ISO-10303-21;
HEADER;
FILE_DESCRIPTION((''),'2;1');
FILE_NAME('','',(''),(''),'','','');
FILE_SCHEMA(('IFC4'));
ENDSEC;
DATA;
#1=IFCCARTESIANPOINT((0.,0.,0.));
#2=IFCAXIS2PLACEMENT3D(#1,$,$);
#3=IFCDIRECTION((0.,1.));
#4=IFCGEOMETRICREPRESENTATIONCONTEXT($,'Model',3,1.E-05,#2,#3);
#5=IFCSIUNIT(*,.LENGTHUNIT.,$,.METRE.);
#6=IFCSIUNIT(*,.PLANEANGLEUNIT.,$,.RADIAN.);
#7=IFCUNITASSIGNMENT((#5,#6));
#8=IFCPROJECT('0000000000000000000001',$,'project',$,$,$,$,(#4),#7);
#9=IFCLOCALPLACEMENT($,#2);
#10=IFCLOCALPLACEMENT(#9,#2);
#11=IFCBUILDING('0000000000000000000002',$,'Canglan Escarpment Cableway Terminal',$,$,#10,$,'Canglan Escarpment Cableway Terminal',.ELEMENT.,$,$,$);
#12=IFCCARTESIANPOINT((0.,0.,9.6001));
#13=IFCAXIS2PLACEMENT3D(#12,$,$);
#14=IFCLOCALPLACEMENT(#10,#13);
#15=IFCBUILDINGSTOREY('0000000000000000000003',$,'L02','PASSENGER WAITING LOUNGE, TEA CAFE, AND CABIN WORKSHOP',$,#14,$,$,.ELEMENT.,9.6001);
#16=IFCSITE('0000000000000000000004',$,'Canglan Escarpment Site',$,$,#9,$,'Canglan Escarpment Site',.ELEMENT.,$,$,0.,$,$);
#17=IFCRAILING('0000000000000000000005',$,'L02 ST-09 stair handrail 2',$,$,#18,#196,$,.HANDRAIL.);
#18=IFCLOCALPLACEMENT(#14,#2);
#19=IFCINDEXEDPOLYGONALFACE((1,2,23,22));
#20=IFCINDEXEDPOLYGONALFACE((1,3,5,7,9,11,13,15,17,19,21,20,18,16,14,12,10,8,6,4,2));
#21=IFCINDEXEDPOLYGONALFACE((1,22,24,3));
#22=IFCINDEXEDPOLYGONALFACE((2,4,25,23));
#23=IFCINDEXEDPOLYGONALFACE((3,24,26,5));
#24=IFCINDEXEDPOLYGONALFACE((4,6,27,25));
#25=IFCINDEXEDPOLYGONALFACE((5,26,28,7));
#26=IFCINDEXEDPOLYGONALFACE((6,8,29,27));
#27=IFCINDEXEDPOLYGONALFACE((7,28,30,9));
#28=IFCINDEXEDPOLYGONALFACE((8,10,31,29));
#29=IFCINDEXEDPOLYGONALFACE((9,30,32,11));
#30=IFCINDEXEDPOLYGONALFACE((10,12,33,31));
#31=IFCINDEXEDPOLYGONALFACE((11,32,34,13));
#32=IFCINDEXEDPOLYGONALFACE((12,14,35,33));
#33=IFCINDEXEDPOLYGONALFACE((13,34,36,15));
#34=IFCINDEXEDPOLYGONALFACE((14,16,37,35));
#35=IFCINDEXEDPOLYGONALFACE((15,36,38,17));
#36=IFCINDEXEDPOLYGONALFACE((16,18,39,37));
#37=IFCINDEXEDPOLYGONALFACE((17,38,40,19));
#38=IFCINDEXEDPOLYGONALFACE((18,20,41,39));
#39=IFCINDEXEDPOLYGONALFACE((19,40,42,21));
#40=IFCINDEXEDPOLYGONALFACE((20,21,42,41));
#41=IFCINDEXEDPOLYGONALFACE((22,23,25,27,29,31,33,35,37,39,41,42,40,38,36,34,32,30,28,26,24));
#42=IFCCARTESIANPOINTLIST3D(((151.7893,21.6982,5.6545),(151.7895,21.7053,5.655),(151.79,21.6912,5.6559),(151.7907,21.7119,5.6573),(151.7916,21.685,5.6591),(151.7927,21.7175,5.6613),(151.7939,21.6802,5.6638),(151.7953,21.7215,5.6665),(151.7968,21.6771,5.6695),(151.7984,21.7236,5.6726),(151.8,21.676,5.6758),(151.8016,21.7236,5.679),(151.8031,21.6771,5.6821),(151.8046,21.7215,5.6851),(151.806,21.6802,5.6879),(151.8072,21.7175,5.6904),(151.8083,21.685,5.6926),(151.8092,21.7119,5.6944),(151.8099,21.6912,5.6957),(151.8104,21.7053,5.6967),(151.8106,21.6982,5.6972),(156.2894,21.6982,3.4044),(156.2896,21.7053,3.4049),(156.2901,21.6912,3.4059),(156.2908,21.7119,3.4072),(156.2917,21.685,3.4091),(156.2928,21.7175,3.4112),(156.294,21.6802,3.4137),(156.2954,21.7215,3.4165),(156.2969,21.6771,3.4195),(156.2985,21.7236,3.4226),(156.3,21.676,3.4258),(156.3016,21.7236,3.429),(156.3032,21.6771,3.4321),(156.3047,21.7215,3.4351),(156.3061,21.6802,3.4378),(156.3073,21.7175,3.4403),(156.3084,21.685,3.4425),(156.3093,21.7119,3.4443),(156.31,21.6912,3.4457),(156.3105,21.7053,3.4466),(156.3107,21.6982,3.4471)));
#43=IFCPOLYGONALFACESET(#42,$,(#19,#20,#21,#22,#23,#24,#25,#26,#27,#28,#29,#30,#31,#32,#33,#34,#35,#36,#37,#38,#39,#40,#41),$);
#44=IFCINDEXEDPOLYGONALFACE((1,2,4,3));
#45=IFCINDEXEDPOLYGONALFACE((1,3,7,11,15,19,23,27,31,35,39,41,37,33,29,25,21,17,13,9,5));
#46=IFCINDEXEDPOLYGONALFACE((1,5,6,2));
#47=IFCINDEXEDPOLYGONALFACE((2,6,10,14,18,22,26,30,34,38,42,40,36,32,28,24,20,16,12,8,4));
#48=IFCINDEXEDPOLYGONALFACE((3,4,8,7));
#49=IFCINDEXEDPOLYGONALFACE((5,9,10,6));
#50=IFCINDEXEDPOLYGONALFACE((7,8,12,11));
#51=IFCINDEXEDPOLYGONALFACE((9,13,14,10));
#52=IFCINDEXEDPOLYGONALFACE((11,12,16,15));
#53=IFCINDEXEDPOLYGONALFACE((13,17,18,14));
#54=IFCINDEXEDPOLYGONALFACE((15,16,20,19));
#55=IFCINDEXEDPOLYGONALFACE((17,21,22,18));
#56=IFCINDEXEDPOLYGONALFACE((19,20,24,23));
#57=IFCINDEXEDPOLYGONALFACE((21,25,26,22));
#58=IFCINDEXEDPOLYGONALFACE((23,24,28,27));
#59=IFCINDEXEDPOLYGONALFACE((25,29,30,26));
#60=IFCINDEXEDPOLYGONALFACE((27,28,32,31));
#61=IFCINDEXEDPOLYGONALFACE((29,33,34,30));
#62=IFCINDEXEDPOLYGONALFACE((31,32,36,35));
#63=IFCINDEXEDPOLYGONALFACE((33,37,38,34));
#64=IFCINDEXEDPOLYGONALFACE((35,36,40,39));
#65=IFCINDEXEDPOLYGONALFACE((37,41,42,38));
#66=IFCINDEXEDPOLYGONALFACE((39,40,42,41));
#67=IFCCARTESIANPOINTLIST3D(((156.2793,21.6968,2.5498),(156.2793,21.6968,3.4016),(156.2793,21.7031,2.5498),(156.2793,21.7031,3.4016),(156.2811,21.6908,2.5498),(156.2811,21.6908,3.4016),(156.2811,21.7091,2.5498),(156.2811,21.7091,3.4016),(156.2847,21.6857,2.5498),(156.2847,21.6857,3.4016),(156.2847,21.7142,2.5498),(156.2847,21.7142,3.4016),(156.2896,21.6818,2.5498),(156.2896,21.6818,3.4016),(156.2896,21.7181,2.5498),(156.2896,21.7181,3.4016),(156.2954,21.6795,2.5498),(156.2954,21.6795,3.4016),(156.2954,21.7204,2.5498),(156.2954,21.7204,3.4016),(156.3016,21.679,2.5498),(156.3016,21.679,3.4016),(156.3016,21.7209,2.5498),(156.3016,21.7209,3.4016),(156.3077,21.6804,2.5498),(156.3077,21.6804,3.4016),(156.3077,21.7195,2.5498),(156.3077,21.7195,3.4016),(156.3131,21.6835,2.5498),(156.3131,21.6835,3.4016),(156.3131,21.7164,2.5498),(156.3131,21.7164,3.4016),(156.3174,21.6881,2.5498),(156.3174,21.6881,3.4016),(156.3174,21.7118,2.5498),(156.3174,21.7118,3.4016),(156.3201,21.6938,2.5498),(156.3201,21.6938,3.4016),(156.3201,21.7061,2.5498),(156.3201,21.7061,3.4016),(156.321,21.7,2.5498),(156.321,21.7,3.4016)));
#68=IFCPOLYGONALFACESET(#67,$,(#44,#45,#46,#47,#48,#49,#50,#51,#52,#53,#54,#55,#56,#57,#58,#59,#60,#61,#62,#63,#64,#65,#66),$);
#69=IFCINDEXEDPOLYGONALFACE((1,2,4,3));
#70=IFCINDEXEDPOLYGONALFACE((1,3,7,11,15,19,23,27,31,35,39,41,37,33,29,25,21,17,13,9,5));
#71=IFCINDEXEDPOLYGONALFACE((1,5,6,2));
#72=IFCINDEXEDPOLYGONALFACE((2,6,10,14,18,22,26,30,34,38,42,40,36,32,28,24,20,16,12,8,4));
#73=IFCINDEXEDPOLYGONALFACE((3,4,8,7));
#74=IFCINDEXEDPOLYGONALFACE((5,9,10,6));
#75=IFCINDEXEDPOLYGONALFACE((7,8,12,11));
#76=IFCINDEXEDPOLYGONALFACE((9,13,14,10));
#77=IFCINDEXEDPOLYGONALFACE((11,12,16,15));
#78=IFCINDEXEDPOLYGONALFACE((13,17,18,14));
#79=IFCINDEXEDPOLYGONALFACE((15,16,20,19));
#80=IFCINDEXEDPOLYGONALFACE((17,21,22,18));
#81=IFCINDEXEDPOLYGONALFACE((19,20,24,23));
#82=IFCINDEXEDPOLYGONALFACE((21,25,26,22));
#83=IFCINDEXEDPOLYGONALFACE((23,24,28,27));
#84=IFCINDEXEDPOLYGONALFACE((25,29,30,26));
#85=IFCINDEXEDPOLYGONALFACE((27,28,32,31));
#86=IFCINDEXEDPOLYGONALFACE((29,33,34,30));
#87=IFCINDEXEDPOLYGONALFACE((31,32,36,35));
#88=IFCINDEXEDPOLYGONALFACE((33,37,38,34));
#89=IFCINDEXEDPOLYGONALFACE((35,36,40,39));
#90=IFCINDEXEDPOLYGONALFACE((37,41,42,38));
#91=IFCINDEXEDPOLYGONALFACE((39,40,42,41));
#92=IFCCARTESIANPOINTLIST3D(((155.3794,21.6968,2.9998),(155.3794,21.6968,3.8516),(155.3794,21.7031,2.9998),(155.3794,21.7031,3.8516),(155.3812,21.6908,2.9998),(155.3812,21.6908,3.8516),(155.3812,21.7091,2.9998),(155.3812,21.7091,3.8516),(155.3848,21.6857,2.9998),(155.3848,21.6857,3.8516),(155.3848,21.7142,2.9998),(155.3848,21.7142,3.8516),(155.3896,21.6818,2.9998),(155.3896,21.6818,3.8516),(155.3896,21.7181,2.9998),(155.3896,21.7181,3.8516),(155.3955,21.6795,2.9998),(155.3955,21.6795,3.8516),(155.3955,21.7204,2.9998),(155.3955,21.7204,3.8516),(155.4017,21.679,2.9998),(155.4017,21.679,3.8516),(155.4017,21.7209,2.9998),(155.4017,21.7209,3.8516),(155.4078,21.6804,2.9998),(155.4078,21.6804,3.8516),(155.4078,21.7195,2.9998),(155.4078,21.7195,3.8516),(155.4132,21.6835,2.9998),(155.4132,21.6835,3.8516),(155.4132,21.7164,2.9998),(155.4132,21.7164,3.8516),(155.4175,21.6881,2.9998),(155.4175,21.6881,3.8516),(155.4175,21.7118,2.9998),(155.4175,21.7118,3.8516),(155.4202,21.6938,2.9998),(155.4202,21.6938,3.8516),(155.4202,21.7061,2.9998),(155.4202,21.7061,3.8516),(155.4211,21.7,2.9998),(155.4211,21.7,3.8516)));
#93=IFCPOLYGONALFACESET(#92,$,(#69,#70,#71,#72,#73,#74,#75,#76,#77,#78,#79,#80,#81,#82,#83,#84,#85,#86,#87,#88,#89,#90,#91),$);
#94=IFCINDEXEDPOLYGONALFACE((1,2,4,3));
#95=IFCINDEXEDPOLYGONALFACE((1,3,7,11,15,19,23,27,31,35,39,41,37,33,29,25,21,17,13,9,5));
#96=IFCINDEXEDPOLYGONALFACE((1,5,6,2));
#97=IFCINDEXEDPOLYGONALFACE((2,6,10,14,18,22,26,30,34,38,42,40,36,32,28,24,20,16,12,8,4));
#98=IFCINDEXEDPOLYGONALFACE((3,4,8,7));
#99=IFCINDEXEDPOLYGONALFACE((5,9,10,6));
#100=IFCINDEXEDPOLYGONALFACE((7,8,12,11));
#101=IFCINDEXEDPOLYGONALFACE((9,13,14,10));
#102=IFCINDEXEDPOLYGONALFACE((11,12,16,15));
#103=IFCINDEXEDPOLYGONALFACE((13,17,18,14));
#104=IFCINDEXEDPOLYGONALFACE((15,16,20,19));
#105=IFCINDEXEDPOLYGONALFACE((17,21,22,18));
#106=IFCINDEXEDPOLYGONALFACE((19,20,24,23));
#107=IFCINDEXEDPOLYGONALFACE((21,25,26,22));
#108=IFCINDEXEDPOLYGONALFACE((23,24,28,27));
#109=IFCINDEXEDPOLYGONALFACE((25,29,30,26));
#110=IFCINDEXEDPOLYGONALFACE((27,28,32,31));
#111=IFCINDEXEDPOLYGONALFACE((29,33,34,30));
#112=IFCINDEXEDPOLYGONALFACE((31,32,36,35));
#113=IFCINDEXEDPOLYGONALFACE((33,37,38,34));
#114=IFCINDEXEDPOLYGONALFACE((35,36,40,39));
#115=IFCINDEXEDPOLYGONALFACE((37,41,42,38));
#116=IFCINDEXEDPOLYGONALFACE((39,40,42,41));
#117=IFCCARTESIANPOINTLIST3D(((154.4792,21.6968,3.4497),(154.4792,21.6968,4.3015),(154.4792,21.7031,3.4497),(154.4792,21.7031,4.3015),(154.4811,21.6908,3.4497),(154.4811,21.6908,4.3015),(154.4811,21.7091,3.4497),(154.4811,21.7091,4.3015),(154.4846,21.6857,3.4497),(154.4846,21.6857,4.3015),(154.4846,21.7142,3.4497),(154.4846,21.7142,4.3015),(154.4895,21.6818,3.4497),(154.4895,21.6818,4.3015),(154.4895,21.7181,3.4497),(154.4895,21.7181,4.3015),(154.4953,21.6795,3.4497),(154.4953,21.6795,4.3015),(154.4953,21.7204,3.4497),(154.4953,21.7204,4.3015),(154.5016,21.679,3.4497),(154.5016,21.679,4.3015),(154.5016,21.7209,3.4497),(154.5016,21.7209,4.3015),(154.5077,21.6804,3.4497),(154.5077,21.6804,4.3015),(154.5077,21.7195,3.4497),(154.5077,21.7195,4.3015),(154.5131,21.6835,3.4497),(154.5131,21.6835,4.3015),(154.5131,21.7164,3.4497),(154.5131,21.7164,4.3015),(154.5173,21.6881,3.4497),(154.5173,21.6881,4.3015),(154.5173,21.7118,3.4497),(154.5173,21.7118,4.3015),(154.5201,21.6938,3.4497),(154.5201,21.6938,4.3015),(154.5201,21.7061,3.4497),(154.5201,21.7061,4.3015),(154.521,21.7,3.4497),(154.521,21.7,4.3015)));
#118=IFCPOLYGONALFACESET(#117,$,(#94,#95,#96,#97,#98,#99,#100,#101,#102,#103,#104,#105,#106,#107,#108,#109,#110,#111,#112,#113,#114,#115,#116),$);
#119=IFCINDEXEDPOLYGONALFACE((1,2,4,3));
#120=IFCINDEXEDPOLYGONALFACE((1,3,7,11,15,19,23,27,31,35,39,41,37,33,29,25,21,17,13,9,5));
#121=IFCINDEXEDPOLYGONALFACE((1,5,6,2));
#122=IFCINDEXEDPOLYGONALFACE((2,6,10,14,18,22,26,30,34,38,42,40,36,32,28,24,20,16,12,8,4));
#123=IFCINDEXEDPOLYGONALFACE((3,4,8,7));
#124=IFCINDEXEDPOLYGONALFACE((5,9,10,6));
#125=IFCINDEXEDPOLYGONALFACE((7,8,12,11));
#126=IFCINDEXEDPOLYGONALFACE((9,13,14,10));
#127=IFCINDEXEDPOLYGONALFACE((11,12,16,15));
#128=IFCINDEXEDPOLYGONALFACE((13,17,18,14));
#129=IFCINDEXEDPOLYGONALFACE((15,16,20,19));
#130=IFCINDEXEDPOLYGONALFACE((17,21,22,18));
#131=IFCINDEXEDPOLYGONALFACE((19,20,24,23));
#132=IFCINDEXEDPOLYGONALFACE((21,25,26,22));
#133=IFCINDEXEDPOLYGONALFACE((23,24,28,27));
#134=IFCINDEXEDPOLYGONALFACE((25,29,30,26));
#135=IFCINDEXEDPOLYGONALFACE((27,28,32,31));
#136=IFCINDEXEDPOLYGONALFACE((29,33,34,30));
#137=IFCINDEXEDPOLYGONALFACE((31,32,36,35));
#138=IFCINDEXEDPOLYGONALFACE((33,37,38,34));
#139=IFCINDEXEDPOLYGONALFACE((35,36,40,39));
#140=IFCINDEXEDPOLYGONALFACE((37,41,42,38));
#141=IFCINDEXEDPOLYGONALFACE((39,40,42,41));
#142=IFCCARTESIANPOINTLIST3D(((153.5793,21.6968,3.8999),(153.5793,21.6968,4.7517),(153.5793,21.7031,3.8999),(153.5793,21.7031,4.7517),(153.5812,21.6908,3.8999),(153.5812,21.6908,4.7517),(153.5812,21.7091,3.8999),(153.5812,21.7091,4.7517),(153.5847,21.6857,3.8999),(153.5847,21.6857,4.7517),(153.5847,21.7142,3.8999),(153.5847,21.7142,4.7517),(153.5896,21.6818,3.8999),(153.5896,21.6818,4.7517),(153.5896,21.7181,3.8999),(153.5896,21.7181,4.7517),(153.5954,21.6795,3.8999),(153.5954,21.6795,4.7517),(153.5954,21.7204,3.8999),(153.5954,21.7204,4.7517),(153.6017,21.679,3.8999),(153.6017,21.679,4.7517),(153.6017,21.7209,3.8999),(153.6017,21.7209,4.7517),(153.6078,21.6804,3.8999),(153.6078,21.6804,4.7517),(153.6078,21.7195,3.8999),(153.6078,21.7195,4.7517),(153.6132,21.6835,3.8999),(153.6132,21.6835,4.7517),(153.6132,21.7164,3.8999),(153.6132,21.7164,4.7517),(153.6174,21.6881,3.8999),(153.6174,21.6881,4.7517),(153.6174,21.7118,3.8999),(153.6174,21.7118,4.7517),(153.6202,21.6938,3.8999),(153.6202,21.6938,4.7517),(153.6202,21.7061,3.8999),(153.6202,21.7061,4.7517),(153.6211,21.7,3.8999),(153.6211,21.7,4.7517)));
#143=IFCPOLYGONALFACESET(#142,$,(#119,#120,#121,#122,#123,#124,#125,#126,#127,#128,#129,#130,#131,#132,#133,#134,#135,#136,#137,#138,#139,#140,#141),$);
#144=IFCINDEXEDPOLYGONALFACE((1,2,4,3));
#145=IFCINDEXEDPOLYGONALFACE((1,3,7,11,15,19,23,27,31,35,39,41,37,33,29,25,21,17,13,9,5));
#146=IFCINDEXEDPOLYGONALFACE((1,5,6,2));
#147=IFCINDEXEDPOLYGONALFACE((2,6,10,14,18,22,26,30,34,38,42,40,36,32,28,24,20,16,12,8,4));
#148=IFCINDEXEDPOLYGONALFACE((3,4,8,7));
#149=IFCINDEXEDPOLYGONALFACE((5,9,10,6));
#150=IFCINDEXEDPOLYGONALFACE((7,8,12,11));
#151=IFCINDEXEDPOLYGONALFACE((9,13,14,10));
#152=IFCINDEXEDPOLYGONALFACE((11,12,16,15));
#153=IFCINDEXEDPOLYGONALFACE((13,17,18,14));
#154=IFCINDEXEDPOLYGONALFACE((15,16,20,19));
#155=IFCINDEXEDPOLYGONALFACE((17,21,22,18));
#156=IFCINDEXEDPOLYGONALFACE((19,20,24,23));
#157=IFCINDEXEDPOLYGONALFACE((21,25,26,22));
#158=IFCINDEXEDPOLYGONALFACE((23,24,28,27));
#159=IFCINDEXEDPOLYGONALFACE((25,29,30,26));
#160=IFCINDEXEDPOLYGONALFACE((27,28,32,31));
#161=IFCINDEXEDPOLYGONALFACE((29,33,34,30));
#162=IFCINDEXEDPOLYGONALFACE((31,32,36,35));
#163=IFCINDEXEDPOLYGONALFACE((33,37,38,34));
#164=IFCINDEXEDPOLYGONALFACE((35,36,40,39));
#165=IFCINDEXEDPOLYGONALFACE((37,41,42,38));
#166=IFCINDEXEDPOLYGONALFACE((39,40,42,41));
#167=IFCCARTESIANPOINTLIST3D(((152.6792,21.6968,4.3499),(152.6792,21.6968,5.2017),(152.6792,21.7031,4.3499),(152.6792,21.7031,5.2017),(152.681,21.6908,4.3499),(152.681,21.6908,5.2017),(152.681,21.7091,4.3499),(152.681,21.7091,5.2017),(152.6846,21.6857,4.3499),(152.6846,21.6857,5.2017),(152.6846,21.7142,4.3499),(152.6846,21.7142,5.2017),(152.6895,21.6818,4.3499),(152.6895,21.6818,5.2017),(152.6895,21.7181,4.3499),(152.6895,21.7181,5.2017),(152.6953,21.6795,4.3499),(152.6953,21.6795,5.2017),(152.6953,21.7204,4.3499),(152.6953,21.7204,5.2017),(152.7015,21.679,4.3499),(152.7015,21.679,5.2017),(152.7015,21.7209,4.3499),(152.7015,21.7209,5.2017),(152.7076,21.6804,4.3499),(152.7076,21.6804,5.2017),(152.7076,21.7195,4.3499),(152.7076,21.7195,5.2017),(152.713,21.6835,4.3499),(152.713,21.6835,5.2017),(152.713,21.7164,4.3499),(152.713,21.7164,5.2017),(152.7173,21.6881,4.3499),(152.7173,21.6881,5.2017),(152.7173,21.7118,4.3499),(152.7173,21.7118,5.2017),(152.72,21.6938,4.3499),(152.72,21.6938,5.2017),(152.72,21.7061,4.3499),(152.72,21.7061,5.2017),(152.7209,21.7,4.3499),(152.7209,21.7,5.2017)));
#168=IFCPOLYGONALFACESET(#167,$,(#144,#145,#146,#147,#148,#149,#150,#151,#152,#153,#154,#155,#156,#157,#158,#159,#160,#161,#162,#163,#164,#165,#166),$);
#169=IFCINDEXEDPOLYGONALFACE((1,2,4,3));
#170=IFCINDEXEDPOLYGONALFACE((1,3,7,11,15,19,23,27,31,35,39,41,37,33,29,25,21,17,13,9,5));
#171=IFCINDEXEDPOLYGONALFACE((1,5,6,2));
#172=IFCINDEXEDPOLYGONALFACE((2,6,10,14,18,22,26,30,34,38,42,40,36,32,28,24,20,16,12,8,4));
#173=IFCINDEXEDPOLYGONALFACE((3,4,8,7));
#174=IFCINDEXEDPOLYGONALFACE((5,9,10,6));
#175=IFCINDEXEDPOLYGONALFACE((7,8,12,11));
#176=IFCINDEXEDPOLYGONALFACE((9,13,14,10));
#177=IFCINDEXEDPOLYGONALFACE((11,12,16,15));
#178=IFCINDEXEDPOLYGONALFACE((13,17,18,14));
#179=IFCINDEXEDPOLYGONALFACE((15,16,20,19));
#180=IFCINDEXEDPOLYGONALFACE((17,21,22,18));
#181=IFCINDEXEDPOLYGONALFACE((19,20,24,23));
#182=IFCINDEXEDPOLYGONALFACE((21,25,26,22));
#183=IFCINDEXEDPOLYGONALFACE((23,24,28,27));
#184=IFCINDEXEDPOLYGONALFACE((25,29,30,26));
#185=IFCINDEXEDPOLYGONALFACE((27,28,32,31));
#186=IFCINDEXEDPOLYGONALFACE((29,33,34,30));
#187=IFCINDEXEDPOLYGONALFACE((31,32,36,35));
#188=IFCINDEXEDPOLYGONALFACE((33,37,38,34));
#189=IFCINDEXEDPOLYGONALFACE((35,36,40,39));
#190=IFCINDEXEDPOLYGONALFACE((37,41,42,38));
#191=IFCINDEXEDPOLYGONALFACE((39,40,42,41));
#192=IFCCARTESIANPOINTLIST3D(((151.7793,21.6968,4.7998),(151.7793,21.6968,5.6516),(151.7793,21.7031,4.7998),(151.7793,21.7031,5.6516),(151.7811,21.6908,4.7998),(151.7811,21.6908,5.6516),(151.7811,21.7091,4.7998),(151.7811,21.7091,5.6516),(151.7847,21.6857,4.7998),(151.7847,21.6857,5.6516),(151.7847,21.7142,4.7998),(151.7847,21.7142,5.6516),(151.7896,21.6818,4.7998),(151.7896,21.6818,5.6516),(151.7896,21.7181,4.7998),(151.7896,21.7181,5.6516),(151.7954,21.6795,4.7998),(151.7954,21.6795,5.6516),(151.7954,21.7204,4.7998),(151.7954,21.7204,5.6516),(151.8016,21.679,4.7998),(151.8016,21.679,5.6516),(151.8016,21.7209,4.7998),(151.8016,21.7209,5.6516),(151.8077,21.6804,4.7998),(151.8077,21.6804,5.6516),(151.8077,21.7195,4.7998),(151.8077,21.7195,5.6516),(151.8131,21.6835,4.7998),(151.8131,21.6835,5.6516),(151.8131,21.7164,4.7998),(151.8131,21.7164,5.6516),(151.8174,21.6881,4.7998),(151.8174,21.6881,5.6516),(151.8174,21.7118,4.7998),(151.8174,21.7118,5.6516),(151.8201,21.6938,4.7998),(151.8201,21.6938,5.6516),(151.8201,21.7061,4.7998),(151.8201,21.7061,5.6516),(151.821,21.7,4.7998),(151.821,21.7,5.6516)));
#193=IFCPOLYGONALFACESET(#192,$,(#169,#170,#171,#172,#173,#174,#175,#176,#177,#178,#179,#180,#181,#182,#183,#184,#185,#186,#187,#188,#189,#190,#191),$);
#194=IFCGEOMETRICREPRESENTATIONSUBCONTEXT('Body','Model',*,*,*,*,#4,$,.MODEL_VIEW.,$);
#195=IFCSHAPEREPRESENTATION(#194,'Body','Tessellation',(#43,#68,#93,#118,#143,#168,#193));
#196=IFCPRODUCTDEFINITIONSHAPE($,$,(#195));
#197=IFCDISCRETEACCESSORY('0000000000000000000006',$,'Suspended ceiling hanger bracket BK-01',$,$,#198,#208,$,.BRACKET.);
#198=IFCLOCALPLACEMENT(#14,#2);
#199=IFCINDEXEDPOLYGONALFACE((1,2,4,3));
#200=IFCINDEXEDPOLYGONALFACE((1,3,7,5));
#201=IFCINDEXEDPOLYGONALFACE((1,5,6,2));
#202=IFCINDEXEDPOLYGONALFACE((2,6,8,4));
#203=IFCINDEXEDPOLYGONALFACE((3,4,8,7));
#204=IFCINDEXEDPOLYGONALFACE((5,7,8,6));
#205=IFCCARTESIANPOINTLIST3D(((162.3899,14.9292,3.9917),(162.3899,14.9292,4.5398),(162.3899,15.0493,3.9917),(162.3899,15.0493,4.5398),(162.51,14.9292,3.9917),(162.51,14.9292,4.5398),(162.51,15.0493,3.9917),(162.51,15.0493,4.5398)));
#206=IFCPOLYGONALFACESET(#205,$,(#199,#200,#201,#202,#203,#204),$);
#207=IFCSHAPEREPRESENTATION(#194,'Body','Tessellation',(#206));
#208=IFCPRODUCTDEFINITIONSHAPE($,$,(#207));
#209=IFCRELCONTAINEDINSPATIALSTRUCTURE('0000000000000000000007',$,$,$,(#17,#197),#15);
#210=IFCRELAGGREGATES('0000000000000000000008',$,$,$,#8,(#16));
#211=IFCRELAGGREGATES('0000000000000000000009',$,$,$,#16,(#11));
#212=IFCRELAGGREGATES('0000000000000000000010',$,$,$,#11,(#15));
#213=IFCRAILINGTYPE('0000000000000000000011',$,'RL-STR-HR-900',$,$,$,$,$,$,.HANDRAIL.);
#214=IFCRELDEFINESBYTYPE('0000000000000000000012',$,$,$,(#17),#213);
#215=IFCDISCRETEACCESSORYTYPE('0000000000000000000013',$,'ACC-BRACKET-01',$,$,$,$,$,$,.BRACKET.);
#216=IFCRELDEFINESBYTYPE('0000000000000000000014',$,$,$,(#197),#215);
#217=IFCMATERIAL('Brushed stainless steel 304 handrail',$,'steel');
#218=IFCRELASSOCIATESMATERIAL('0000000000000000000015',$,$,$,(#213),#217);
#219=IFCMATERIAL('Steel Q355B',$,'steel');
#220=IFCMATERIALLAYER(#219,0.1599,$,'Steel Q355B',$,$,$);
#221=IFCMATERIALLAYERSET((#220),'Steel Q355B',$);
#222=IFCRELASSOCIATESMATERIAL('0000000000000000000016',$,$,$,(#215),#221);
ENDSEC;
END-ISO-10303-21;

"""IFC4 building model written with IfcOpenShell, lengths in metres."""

from ifc_helpers import new_model, si_unit, direction, frame, origin, origin_2d, place, context, subcontext, project, spatial, rectangle, circle, extrude, material, layer, layer_set, type_object, element, save


model = new_model("IFC4")

# Units and contexts
model_context = context("Model", 3, precision=1e-05, world=origin(), true_north=direction((0.0, 1.0)))
body_context = subcontext(model_context, "Body", "Model", "MODEL_VIEW")
ifc_project = project(units=[si_unit("LENGTHUNIT", "METRE"), si_unit("PLANEANGLEUNIT", "RADIAN")], contexts=[model_context])

# Site, building, storey
site_placement = place(None, origin())
site = spatial("IfcSite", under=ifc_project, at=site_placement, Name="Canglan Escarpment Site", LongName="Canglan Escarpment Site", CompositionType="ELEMENT", RefElevation=0.0)
building_placement = place(site_placement, origin())
building = spatial("IfcBuilding", under=site, at=building_placement, Name="Canglan Escarpment Cableway Terminal", LongName="Canglan Escarpment Cableway Terminal", CompositionType="ELEMENT")
storey_placement = place(building_placement, frame((0.0, 0.0, 9.6001)))
storey = spatial("IfcBuildingStorey", under=building, at=storey_placement, Name="L02", Description="PASSENGER WAITING LOUNGE, TEA CAFE, AND CABIN WORKSHOP", CompositionType="ELEMENT", Elevation=9.6001)

# Shared definitions
ifc_material_1 = material(Name="Steel Q355B", Category="steel")

# Railing
ifc_material_2 = material(Name="Brushed stainless steel 304 handrail", Category="steel")
railing_type_1 = type_object("IfcRailingType", Name="RL-STR-HR-900", PredefinedType="HANDRAIL", material=ifc_material_2)
railing_1_placement = place(storey_placement, frame((156.3, 21.7, 2.5498)))
element("IfcRailing", 1, at=railing_1_placement, inside=storey, type_object=railing_type_1, Name="L02 ST-09 stair handrail 2", PredefinedType="HANDRAIL", context=body_context, shape_type="SweptSolid", body=[
    extrude(circle(Radius=0.0239, at=origin_2d()), frame((0.0, 0.0, 0.876), z_axis=(-0.894427, 0.0, 0.447214), x_axis=(0.0, -1.0, 0.0)), (0.0, 0.0, 1.0), 5.0312),
    extrude(circle(Radius=0.021, at=origin_2d()), origin(), (0.0, 0.0, 1.0), 0.8518),
    extrude(circle(Radius=0.021, at=origin_2d()), frame((-0.8999, 0.0, 0.45)), (0.0, 0.0, 1.0), 0.8518),
    extrude(circle(Radius=0.021, at=origin_2d()), frame((-1.8, 0.0, 0.8999)), (0.0, 0.0, 1.0), 0.8518),
    extrude(circle(Radius=0.021, at=origin_2d()), frame((-2.7, 0.0, 1.3501)), (0.0, 0.0, 1.0), 0.8518),
    extrude(circle(Radius=0.021, at=origin_2d()), frame((-3.6001, 0.0, 1.8)), (0.0, 0.0, 1.0), 0.8518),
    extrude(circle(Radius=0.021, at=origin_2d()), frame((-4.5, 0.0, 2.25)), (0.0, 0.0, 1.0), 0.8518),
])

# Discrete accessory
ifc_layer_1 = layer(ifc_material_1, 0.1599, Name="Steel Q355B")
ifc_layer_set_1 = layer_set([ifc_layer_1], Name="Steel Q355B")
discrete_accessory_type = type_object("IfcDiscreteAccessoryType", Name="ACC-BRACKET-01", PredefinedType="BRACKET", material=ifc_layer_set_1)
discrete_accessory_placement = place(storey_placement, frame((162.45, 14.9893, 3.9917), z_axis=(0.0, 0.0, 1.0), x_axis=(1.0, 0.0, 0.0)))
element("IfcDiscreteAccessory", 2, at=discrete_accessory_placement, inside=storey, type_object=discrete_accessory_type, Name="Suspended ceiling hanger bracket BK-01", PredefinedType="BRACKET", context=body_context, shape_type="SweptSolid", body=[
    extrude(rectangle(XDim=0.1201, YDim=0.1201, at=origin_2d()), origin(), (0.0, 0.0, 1.0), 0.5481),
])

save(model, "model.ifc")
